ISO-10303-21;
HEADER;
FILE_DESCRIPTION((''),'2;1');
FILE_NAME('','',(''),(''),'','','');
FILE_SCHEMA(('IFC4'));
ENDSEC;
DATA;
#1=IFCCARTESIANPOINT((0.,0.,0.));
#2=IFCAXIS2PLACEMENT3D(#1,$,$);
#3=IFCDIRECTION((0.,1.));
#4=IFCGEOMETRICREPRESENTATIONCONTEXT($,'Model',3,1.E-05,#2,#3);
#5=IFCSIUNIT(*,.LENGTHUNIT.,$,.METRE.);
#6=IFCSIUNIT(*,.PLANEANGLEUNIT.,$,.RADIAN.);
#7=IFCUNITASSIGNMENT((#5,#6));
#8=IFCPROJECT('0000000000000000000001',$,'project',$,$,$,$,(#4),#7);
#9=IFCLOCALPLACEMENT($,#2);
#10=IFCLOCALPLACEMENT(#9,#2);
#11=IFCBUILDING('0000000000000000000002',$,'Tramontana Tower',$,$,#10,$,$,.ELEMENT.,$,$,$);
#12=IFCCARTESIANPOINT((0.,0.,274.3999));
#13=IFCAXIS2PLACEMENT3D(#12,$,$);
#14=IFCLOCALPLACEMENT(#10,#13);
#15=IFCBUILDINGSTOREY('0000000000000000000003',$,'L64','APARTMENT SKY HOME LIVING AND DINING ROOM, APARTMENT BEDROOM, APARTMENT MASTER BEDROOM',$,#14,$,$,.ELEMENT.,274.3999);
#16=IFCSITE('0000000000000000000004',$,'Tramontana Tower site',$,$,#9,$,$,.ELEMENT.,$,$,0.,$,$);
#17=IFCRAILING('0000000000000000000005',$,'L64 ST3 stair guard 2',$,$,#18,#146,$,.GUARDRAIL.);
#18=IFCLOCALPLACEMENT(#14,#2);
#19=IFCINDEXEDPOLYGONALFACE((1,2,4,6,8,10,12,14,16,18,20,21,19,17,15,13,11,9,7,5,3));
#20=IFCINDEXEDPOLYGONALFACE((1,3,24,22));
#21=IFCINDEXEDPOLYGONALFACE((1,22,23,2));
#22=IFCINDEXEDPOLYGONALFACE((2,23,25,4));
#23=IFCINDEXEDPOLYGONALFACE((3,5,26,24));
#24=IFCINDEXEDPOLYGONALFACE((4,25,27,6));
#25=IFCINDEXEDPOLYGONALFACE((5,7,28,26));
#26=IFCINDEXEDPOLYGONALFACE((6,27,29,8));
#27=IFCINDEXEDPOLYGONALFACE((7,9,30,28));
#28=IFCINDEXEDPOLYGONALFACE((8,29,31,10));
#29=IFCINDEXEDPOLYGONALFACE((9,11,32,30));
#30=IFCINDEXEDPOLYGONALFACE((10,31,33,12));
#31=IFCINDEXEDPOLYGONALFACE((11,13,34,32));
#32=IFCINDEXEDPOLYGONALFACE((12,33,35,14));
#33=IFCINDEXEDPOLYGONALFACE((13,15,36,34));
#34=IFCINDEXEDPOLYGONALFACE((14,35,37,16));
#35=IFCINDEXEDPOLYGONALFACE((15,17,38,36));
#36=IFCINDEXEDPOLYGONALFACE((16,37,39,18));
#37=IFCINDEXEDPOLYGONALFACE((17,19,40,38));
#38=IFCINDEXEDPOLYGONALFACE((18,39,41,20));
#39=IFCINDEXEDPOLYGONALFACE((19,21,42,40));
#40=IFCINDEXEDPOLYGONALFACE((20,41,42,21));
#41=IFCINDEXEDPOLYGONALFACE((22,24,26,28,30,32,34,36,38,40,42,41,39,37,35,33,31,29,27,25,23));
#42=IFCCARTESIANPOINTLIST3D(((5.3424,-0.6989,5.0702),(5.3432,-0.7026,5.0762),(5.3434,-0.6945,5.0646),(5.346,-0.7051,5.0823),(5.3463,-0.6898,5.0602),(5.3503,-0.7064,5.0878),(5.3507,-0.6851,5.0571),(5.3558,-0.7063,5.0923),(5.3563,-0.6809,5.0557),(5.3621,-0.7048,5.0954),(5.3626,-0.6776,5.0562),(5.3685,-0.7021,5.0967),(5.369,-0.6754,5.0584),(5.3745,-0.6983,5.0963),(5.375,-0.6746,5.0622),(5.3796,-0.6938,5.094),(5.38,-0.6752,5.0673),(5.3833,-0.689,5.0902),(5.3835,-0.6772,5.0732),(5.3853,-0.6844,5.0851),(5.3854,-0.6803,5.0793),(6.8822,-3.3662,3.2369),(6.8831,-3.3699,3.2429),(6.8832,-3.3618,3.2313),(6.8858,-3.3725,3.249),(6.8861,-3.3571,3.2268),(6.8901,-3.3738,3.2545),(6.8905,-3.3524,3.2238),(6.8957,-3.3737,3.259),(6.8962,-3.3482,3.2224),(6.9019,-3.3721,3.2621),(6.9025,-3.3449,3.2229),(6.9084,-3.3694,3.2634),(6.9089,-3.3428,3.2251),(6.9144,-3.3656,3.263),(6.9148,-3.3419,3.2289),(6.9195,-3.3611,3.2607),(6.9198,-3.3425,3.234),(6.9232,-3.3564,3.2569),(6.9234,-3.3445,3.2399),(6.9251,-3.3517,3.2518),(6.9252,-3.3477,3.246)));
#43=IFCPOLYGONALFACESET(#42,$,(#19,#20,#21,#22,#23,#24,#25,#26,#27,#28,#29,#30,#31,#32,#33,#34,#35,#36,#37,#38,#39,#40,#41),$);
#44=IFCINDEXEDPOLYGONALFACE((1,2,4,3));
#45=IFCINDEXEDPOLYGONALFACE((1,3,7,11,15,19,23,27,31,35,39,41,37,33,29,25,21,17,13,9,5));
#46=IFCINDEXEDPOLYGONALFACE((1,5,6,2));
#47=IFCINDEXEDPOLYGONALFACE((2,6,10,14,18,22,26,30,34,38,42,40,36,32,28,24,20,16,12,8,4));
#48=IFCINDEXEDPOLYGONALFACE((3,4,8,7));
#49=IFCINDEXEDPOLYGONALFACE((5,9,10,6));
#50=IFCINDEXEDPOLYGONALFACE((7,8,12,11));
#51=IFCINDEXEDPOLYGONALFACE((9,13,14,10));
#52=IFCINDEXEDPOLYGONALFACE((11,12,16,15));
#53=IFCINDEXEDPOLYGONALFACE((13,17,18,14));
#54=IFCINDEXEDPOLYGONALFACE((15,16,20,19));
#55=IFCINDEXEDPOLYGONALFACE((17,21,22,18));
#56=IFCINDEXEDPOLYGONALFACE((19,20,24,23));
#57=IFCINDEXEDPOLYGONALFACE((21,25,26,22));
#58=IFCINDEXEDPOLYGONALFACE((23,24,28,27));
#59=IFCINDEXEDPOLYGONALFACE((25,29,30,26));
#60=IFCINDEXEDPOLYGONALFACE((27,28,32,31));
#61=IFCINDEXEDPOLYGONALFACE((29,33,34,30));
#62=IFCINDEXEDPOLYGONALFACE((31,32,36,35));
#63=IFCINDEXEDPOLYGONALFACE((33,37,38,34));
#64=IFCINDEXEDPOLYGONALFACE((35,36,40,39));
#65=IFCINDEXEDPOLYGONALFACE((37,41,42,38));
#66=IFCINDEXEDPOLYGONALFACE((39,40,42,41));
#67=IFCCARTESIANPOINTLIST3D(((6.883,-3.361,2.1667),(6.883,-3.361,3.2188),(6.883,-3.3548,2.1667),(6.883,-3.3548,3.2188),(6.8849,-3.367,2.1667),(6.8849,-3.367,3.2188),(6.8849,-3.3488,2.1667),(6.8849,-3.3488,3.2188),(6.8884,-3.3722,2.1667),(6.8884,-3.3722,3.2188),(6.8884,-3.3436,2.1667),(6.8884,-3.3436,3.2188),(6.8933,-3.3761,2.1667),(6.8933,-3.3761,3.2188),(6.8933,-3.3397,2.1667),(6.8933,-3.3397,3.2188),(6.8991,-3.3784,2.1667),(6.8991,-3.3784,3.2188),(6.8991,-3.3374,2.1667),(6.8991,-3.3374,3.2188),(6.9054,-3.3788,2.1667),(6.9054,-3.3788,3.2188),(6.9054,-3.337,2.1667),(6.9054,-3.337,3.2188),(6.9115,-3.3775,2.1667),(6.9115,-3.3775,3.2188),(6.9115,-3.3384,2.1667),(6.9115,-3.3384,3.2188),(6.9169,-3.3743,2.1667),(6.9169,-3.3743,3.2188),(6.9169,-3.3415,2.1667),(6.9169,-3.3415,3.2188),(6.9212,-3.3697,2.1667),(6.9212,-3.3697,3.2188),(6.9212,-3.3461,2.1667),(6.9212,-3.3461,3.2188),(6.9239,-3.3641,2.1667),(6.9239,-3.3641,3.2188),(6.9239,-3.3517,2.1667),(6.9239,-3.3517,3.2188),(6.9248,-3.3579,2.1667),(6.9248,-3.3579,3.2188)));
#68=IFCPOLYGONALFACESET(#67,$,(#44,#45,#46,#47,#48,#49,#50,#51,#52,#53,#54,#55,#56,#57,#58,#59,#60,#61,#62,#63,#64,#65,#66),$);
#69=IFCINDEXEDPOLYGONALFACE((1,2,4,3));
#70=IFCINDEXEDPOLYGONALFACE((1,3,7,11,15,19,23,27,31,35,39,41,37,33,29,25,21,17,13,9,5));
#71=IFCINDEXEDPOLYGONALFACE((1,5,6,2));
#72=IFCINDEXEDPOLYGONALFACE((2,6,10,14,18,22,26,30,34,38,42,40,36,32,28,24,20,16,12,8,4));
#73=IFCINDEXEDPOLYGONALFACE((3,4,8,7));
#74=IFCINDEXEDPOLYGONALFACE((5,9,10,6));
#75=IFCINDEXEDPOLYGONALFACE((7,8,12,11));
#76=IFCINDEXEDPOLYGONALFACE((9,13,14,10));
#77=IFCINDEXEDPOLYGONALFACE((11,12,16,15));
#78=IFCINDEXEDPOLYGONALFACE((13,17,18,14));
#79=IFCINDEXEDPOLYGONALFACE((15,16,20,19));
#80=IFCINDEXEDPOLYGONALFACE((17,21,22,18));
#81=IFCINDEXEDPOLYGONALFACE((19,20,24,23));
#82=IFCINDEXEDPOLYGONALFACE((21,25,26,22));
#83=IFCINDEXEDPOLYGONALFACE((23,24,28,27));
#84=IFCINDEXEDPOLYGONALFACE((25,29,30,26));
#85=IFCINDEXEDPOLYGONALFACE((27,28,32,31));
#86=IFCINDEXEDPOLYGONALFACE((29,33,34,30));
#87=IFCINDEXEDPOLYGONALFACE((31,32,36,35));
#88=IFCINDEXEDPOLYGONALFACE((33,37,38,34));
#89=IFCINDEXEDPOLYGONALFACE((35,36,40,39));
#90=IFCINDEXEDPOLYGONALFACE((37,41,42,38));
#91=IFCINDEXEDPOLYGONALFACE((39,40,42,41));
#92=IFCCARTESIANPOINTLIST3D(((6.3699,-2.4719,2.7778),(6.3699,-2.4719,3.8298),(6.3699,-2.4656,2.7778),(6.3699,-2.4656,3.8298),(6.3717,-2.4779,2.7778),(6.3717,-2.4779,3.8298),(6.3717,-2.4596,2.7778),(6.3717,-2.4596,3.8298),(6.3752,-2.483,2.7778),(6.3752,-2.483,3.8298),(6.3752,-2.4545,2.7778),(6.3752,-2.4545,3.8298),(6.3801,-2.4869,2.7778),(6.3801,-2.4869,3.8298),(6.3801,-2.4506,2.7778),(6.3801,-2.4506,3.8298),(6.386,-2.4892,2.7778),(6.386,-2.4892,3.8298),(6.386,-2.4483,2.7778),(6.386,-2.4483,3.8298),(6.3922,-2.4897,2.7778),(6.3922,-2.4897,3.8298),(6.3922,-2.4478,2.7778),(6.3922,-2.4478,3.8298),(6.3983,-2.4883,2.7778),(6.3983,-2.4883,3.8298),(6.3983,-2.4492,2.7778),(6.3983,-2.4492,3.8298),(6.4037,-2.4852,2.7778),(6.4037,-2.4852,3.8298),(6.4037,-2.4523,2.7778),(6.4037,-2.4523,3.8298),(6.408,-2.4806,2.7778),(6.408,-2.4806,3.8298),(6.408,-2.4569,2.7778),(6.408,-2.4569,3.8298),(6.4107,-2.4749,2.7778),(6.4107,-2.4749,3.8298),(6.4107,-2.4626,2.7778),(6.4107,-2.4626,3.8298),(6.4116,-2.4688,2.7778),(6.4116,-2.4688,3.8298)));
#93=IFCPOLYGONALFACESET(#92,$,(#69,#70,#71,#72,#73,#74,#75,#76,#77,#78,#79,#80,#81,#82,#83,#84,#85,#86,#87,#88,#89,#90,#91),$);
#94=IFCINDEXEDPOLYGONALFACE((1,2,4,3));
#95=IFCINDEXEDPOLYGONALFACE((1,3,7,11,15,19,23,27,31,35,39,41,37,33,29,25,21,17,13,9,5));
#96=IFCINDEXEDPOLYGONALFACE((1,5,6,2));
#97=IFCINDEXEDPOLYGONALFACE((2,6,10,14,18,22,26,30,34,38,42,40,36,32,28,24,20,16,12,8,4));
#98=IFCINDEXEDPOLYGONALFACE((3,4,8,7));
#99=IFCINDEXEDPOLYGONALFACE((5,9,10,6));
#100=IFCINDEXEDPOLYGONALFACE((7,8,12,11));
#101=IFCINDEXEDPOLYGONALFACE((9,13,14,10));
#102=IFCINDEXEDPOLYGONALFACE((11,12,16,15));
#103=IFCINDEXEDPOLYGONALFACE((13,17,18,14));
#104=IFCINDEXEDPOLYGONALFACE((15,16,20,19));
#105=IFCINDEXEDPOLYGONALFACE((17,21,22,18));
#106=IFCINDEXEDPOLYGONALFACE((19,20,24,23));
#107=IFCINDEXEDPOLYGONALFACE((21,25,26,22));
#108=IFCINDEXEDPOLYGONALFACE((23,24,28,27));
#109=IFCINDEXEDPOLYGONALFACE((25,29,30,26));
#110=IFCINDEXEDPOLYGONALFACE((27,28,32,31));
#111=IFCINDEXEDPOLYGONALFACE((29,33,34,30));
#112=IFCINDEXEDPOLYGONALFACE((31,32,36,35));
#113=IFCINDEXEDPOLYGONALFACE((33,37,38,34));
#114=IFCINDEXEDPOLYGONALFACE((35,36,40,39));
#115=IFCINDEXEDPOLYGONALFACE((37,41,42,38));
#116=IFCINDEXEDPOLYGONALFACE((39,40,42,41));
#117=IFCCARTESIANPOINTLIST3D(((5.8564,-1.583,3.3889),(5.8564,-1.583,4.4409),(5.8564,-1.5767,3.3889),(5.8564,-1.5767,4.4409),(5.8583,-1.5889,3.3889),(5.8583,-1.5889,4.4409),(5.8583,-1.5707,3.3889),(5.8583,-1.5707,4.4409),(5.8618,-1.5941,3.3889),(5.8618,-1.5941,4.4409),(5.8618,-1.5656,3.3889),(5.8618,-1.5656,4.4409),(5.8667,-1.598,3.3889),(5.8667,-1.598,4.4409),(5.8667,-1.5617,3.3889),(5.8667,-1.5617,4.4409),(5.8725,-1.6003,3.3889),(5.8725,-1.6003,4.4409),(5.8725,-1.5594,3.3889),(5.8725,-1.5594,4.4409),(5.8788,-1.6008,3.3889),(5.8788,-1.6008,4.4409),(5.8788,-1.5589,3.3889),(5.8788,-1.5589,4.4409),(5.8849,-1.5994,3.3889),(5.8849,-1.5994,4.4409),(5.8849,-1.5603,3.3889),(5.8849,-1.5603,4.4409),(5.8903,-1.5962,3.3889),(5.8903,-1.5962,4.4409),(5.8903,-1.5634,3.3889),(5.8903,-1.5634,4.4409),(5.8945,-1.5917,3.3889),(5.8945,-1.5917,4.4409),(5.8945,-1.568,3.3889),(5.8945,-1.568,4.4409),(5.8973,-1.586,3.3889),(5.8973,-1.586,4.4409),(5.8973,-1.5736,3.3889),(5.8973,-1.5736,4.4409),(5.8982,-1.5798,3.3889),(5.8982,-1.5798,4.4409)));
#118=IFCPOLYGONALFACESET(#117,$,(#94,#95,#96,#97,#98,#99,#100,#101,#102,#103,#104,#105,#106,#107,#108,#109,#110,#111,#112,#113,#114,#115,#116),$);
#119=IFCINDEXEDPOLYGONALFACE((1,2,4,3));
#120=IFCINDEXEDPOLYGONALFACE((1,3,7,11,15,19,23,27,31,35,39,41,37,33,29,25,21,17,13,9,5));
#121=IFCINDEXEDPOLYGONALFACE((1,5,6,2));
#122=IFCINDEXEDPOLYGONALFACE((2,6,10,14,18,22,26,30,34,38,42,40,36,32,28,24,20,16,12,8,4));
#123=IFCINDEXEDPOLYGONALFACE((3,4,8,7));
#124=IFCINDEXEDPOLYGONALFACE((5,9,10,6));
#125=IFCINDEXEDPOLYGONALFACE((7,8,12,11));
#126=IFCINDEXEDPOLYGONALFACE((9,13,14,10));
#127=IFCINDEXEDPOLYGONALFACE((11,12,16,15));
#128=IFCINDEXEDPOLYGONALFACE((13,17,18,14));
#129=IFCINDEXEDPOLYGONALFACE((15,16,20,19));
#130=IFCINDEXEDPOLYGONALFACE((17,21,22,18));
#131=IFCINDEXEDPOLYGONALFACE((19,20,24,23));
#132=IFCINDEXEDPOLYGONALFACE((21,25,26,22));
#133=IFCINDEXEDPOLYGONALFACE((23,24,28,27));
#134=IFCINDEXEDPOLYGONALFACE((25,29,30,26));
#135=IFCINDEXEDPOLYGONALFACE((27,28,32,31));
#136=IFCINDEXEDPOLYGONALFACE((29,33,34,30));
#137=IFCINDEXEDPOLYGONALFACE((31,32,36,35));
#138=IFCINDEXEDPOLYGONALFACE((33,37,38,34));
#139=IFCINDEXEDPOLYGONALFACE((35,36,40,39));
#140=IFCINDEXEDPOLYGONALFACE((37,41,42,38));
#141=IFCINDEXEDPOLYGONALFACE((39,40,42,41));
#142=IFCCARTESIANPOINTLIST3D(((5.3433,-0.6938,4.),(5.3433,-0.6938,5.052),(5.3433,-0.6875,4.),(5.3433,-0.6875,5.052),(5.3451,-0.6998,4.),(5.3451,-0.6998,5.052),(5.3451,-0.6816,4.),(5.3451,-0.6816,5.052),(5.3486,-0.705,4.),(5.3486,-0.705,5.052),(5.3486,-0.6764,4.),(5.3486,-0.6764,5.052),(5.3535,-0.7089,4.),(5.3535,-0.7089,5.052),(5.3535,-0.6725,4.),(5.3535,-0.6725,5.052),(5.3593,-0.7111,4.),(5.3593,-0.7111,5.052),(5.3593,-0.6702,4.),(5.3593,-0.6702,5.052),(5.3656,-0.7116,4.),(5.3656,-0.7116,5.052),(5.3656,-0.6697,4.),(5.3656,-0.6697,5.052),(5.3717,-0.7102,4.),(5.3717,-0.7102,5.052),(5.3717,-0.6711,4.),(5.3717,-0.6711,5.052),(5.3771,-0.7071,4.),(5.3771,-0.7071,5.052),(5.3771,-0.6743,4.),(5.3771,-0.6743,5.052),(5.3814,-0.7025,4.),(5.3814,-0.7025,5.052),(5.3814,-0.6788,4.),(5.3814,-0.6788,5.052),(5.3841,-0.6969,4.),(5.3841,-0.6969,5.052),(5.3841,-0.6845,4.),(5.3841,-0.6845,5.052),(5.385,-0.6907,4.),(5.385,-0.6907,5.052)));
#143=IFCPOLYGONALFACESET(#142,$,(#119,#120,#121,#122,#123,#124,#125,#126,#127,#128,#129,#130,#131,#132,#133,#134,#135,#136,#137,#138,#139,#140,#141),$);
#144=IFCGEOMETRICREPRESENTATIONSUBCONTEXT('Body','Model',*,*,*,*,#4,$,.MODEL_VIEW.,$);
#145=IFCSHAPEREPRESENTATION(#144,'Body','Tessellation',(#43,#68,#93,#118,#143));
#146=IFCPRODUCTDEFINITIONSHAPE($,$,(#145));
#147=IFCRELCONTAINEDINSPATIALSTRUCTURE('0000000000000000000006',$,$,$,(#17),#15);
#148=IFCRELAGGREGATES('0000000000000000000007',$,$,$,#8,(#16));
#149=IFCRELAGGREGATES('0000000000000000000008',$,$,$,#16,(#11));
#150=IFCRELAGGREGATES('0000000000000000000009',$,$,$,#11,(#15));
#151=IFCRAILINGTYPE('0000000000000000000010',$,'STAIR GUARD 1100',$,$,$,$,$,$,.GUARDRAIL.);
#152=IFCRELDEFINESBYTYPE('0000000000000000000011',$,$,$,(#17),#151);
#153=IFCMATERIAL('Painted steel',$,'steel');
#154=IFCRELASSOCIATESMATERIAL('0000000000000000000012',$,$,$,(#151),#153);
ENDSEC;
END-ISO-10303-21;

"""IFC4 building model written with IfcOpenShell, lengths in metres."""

from ifc_helpers import new_model, si_unit, direction, frame, origin, origin_2d, place, context, subcontext, project, spatial, circle, extrude, material, type_object, element, save


model = new_model("IFC4")

# Units and contexts
model_context = context("Model", 3, precision=1e-05, world=origin(), true_north=direction((0.0, 1.0)))
body_context = subcontext(model_context, "Body", "Model", "MODEL_VIEW")
ifc_project = project(units=[si_unit("LENGTHUNIT", "METRE"), si_unit("PLANEANGLEUNIT", "RADIAN")], contexts=[model_context])

# Site, building, storey
site_placement = place(None, origin())
site = spatial("IfcSite", under=ifc_project, at=site_placement, Name="Tramontana Tower site", CompositionType="ELEMENT", RefElevation=0.0)
building_placement = place(site_placement, origin())
building = spatial("IfcBuilding", under=site, at=building_placement, Name="Tramontana Tower", CompositionType="ELEMENT")
storey_placement = place(building_placement, frame((0.0, 0.0, 274.3999)))
storey = spatial("IfcBuildingStorey", under=building, at=storey_placement, Name="L64", Description="APARTMENT SKY HOME LIVING AND DINING ROOM, APARTMENT BEDROOM, APARTMENT MASTER BEDROOM", CompositionType="ELEMENT", Elevation=274.3999)

# Railing
ifc_material_1 = material(Name="Painted steel", Category="steel")
railing_type_1 = type_object("IfcRailingType", Name="STAIR GUARD 1100", PredefinedType="GUARDRAIL", material=ifc_material_1)
railing_1_placement = place(storey_placement, frame((6.9038, -3.3579, 2.1667)))
element("IfcRailing", 1, at=railing_1_placement, inside=storey, type_object=railing_type_1, Name="L64 ST3 stair guard 2", PredefinedType="GUARDRAIL", context=body_context, shape_type="SweptSolid", body=[
    extrude(circle(Radius=0.0239, at=origin_2d()), frame((0.0, 0.0, 1.0762), z_axis=(-0.429616, 0.744181, 0.511493), x_axis=(-0.866044, -0.499967, 0.0)), (0.0, 0.0, 1.0), 3.5842),
    extrude(circle(Radius=0.021, at=origin_2d()), origin(), (0.0, 0.0, 1.0), 1.052),
    extrude(circle(Radius=0.021, at=origin_2d()), frame((-0.5132, 0.8892, 0.6111)), (0.0, 0.0, 1.0), 1.052),
    extrude(circle(Radius=0.021, at=origin_2d()), frame((-1.0266, 1.7781, 1.2222)), (0.0, 0.0, 1.0), 1.052),
    extrude(circle(Radius=0.021, at=origin_2d()), frame((-1.5398, 2.6672, 1.8333)), (0.0, 0.0, 1.0), 1.052),
])

save(model, "model.ifc")
